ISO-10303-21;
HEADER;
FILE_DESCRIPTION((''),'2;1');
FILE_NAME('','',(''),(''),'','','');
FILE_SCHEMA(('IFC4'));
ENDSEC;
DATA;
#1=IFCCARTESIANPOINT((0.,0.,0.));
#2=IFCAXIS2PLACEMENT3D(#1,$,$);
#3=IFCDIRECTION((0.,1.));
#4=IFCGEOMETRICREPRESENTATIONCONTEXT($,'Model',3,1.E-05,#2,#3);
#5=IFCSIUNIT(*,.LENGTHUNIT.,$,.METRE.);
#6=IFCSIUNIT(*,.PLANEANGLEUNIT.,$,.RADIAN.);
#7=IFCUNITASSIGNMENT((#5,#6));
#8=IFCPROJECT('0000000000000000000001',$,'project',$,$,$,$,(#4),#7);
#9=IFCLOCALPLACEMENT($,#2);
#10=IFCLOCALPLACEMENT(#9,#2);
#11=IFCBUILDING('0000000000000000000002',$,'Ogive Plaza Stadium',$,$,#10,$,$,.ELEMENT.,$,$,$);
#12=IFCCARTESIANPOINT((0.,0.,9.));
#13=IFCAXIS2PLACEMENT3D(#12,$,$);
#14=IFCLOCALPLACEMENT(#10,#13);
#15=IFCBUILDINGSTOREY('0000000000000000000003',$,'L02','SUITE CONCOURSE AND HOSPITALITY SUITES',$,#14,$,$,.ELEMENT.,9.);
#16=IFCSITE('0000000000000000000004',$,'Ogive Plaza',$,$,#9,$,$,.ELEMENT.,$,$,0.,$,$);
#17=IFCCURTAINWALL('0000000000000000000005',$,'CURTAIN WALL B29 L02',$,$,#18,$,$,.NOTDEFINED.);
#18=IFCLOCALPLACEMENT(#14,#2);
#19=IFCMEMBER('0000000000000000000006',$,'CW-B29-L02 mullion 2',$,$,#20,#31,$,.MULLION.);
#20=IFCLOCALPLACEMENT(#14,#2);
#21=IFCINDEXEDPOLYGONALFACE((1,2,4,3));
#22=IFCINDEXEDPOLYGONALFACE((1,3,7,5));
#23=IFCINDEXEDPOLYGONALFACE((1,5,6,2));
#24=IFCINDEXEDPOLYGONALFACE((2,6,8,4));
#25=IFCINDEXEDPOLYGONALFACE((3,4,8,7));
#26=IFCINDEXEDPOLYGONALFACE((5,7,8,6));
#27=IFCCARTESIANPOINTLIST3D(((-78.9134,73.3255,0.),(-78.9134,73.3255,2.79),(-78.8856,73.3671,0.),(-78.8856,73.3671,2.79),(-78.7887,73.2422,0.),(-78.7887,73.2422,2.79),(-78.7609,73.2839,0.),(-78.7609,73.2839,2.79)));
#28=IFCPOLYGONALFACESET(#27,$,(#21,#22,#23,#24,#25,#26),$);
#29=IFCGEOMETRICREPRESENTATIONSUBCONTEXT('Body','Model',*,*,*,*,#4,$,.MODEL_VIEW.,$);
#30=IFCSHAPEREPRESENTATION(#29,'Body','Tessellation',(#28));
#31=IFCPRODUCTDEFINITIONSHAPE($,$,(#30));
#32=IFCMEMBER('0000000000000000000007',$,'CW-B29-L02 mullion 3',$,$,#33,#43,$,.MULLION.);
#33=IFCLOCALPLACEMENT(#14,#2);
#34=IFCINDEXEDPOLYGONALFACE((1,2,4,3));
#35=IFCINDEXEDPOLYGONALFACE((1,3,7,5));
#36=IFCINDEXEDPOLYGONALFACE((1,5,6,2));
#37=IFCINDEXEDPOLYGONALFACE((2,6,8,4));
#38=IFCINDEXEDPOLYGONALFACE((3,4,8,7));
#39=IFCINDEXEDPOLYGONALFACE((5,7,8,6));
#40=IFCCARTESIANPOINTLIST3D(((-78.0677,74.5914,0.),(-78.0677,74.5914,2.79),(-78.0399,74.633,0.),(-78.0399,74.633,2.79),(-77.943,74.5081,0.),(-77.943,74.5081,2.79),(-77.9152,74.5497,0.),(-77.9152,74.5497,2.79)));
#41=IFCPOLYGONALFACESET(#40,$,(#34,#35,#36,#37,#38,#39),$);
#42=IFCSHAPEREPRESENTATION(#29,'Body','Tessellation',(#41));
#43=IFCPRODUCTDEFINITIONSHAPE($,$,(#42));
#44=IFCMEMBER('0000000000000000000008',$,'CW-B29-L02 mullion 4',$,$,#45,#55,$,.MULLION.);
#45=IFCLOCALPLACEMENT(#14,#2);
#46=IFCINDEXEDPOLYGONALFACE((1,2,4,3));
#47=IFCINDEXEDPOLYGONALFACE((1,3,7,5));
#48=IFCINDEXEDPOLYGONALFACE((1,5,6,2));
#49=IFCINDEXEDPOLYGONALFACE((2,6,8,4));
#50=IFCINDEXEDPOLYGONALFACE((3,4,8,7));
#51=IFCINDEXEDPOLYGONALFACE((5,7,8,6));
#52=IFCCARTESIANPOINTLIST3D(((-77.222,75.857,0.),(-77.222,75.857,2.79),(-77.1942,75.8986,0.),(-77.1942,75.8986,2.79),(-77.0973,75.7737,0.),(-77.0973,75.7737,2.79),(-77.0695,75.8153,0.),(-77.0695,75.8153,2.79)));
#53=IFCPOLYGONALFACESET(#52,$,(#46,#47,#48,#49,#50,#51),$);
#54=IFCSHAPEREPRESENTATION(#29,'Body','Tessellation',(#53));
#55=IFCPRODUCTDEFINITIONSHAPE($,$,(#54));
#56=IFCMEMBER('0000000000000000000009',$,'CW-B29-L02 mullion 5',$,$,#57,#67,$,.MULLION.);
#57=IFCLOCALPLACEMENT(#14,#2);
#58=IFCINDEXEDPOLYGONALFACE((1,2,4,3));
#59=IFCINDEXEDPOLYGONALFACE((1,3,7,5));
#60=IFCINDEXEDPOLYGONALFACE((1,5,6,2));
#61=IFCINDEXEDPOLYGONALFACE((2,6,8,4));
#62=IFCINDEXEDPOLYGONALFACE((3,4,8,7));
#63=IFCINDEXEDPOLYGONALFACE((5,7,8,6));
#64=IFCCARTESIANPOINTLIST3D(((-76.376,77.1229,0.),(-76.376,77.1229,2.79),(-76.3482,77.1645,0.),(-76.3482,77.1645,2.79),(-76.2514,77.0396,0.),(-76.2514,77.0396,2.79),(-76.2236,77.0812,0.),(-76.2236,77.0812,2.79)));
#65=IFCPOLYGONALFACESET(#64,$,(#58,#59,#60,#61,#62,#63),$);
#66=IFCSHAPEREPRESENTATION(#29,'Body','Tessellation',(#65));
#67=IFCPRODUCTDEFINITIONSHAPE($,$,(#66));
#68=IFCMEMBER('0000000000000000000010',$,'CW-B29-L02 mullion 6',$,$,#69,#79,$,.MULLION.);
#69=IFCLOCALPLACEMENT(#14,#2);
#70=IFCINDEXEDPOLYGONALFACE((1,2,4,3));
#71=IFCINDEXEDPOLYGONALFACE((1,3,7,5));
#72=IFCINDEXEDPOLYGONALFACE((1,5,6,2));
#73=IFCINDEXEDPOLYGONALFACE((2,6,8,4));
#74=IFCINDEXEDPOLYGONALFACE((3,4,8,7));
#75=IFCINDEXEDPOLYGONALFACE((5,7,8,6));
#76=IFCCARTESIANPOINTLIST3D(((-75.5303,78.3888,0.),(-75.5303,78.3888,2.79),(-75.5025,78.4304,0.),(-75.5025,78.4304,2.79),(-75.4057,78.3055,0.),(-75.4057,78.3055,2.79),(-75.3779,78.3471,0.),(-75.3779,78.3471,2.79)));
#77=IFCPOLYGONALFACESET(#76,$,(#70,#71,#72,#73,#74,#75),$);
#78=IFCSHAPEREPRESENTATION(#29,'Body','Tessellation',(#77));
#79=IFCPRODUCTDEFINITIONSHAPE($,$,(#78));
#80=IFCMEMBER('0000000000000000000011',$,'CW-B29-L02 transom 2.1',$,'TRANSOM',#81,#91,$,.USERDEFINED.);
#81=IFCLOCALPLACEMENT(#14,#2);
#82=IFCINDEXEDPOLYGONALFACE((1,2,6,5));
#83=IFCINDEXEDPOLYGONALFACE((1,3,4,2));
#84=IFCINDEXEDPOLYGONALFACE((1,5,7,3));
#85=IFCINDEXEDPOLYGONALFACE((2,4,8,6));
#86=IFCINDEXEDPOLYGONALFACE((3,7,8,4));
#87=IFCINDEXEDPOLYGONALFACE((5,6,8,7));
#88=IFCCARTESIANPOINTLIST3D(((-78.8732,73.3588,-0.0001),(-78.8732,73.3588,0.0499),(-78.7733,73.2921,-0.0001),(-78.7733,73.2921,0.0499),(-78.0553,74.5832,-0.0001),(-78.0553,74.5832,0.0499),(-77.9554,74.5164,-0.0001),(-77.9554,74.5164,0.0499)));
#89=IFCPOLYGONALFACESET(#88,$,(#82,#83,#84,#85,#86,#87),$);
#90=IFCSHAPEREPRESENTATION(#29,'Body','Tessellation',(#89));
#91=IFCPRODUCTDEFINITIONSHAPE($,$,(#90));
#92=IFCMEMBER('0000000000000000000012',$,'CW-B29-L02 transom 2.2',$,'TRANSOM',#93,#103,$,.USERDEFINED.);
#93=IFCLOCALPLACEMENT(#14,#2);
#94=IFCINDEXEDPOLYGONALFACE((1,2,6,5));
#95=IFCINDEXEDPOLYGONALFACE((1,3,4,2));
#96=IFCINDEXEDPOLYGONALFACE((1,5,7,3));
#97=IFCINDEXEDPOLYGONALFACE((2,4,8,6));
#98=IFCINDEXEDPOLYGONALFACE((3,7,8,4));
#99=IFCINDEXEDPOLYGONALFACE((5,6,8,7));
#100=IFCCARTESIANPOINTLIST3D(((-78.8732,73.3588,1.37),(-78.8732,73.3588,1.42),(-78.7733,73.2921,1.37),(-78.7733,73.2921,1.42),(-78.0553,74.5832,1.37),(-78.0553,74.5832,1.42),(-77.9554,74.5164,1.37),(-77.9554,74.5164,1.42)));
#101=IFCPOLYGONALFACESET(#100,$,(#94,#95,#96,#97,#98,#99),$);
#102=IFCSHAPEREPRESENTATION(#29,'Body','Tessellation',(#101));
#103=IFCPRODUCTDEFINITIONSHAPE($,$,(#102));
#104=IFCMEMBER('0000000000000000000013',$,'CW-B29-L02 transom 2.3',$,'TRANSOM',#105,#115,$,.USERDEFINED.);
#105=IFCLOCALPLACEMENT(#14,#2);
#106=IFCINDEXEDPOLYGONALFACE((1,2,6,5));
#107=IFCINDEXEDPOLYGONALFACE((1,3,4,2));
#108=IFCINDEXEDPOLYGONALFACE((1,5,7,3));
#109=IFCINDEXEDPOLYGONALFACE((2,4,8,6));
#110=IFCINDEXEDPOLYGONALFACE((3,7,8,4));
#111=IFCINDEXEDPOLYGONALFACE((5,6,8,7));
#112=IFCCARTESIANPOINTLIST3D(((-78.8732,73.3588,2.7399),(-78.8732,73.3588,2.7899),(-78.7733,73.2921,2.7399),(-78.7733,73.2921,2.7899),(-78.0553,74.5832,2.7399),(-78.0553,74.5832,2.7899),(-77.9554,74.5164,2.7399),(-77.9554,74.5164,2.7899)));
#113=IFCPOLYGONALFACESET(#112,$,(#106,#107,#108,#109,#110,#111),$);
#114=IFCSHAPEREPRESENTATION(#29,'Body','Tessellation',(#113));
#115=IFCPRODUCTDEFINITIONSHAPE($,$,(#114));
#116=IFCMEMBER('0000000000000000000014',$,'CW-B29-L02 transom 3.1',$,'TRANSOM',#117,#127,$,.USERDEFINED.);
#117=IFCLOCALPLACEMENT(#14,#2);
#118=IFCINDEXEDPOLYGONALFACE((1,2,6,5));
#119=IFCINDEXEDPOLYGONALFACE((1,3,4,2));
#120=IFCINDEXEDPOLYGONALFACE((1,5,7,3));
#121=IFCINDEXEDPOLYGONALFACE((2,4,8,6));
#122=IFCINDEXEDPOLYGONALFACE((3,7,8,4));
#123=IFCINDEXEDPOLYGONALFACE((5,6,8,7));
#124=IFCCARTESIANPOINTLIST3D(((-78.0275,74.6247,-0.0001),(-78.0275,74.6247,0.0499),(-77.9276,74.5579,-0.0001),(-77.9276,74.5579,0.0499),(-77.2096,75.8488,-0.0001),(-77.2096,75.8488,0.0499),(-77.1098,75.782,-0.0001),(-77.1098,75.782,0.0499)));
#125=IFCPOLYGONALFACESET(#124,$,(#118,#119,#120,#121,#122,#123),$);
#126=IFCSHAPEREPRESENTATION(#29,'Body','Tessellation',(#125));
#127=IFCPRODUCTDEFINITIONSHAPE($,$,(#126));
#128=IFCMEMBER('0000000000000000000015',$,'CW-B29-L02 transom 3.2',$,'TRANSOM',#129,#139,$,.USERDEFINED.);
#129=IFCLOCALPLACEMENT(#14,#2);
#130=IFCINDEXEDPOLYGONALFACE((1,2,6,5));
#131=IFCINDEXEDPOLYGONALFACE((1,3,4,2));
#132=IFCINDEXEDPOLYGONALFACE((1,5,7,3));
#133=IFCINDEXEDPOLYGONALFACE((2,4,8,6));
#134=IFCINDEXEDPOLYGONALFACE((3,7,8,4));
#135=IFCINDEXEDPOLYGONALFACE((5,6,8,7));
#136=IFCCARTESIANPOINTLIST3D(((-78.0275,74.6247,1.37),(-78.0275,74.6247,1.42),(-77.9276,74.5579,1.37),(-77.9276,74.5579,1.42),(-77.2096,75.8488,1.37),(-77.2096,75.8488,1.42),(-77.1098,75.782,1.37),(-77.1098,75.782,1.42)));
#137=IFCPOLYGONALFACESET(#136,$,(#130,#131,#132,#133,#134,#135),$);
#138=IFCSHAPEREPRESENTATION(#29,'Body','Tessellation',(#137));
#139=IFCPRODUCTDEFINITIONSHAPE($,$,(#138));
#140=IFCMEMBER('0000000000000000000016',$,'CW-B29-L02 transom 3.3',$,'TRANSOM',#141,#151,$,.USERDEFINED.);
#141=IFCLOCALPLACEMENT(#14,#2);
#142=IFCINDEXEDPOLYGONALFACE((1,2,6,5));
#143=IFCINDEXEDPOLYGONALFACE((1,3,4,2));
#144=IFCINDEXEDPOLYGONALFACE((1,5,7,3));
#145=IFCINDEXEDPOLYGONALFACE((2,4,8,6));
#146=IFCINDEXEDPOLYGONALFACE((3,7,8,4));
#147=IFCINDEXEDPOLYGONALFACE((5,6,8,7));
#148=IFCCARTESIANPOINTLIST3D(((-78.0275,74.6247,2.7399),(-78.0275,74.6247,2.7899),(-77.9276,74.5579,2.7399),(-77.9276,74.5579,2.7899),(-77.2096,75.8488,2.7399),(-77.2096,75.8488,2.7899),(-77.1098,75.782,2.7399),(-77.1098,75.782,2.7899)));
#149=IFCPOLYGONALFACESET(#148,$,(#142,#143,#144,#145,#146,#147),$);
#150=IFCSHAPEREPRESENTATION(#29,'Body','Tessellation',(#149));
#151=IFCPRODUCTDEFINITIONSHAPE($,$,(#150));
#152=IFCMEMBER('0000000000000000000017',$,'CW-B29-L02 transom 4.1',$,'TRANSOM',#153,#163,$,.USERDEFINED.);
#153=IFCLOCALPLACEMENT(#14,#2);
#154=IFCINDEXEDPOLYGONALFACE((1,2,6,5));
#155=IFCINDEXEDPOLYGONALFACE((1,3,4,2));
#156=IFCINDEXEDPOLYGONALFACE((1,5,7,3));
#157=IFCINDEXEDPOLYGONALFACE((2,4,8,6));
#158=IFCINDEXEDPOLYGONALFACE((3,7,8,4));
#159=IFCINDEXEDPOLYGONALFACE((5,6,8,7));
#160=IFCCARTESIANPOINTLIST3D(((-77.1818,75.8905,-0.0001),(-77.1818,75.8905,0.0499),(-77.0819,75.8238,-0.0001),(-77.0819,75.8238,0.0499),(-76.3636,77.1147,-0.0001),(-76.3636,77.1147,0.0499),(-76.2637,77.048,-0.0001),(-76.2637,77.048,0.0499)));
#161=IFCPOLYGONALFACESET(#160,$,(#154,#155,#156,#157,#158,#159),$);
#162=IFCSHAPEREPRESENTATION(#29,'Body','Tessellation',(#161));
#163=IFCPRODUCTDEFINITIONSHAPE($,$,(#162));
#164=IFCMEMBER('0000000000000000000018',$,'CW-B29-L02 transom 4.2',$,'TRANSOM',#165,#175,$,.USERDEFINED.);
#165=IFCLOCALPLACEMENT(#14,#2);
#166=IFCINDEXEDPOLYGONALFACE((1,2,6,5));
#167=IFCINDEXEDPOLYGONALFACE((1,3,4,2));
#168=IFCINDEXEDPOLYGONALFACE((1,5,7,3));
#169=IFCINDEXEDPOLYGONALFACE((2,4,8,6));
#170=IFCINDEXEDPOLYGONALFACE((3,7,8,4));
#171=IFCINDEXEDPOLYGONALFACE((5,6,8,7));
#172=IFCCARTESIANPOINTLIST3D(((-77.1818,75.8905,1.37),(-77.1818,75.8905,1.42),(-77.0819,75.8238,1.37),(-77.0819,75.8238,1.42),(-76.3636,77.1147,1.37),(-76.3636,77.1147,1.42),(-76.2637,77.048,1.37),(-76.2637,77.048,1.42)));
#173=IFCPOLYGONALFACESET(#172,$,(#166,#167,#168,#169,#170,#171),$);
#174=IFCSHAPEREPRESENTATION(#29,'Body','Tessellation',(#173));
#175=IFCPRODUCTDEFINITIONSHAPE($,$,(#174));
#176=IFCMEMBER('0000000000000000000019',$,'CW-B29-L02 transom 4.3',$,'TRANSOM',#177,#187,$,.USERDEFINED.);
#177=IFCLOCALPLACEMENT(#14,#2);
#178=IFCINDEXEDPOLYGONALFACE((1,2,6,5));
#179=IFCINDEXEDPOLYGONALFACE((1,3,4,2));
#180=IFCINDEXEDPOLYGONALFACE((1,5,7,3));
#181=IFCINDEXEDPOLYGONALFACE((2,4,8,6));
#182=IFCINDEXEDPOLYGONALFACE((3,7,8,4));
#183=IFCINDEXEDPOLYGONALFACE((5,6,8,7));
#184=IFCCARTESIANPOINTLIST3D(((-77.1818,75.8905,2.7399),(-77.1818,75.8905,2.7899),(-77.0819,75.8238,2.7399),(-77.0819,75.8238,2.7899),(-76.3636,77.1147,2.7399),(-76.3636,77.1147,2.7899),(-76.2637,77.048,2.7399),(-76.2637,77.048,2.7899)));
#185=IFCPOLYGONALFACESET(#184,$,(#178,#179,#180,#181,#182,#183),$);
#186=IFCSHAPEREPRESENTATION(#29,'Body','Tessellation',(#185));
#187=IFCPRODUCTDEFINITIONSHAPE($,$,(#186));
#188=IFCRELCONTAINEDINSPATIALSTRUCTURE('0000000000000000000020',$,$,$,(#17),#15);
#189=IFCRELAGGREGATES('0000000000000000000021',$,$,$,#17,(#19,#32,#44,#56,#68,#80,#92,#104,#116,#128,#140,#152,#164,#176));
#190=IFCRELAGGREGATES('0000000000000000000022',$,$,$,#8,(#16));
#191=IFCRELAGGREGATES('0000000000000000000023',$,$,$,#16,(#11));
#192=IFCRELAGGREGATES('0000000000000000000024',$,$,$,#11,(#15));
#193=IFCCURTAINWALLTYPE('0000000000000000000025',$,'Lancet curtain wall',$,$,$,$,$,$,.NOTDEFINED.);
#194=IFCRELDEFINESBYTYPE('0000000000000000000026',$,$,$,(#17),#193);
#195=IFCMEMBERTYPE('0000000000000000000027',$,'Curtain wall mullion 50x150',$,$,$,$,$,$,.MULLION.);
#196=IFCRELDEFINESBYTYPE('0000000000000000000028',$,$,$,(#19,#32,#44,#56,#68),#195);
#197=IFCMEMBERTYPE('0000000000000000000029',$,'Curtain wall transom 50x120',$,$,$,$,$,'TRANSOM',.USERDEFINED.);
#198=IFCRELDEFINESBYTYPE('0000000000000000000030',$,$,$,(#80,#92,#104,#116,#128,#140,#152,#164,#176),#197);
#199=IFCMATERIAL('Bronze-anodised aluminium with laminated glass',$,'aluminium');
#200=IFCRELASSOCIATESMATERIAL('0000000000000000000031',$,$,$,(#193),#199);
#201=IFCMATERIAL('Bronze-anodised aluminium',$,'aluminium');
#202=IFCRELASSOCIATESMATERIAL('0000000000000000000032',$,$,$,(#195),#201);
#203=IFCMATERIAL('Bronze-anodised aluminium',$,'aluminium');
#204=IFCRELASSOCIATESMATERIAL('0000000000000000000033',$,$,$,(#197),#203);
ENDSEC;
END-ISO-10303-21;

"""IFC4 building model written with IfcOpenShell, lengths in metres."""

from ifc_helpers import new_model, si_unit, direction, frame, origin, origin_2d, place, context, subcontext, project, spatial, rectangle, extrude, material, material_profile, profile_set, type_object, element, aggregate, save


model = new_model("IFC4")

# Units and contexts
model_context = context("Model", 3, precision=1e-05, world=origin(), true_north=direction((0.0, 1.0)))
body_context = subcontext(model_context, "Body", "Model", "MODEL_VIEW")
ifc_project = project(units=[si_unit("LENGTHUNIT", "METRE"), si_unit("PLANEANGLEUNIT", "RADIAN")], contexts=[model_context])

# Site, building, storey
site_placement = place(None, origin())
site = spatial("IfcSite", under=ifc_project, at=site_placement, Name="Ogive Plaza", CompositionType="ELEMENT", RefElevation=0.0)
building_placement = place(site_placement, origin())
building = spatial("IfcBuilding", under=site, at=building_placement, Name="Ogive Plaza Stadium", CompositionType="ELEMENT")
storey_placement = place(building_placement, frame((0.0, 0.0, 9.0)))
storey = spatial("IfcBuildingStorey", under=building, at=storey_placement, Name="L02", Description="SUITE CONCOURSE AND HOSPITALITY SUITES", CompositionType="ELEMENT", Elevation=9.0)

# Curtain wall, members
ifc_material_1 = material(Name="Bronze-anodised aluminium with laminated glass", Category="aluminium")
curtain_wall_type = type_object("IfcCurtainWallType", Name="Lancet curtain wall", PredefinedType="NOTDEFINED", material=ifc_material_1)
curtain_wall_placement = place(storey_placement, origin())
curtain_wall = element("IfcCurtainWall", 1, at=curtain_wall_placement, inside=storey, type_object=curtain_wall_type, Name="CURTAIN WALL B29 L02", PredefinedType="NOTDEFINED")
ifc_material_2 = material(Name="Bronze-anodised aluminium", Category="aluminium")
ifc_material_profile_1 = material_profile(ifc_material_2, rectangle(XDim=0.1499, YDim=0.05, at=origin_2d()), Name="AL 150x50")
ifc_profile_set_1 = profile_set([ifc_material_profile_1], Name="Bronze-anodised aluminium")
member_type_1 = type_object("IfcMemberType", Name="Curtain wall mullion 50x150", PredefinedType="MULLION", material=ifc_profile_set_1)
member_1_placement = place(storey_placement, frame((-78.8372, 73.3047, 0.0), z_axis=(0.0, 0.0, 1.0), x_axis=(-0.83147, 0.55557, 0.0)))
member_1 = element("IfcMember", 2, at=member_1_placement, type_object=member_type_1, Name="CW-B29-L02 mullion 2", PredefinedType="MULLION", context=body_context, shape_type="SweptSolid", body=[
    extrude(rectangle(XDim=0.1499, YDim=0.05, at=origin_2d()), origin(), (0.0, 0.0, 1.0), 2.79),
])
member_2_placement = place(storey_placement, frame((-77.9915, 74.5706, 0.0), z_axis=(0.0, 0.0, 1.0), x_axis=(-0.83147, 0.55557, 0.0)))
member_2 = element("IfcMember", 3, at=member_2_placement, type_object=member_type_1, Name="CW-B29-L02 mullion 3", PredefinedType="MULLION", context=body_context, shape_type="SweptSolid", body=[
    extrude(rectangle(XDim=0.1499, YDim=0.05, at=origin_2d()), origin(), (0.0, 0.0, 1.0), 2.79),
])
member_3_placement = place(storey_placement, frame((-77.1458, 75.8362, 0.0), z_axis=(0.0, 0.0, 1.0), x_axis=(-0.83147, 0.55557, 0.0)))
member_3 = element("IfcMember", 4, at=member_3_placement, type_object=member_type_1, Name="CW-B29-L02 mullion 4", PredefinedType="MULLION", context=body_context, shape_type="SweptSolid", body=[
    extrude(rectangle(XDim=0.1499, YDim=0.05, at=origin_2d()), origin(), (0.0, 0.0, 1.0), 2.79),
])
member_4_placement = place(storey_placement, frame((-76.2998, 77.1021, 0.0), z_axis=(0.0, 0.0, 1.0), x_axis=(-0.83147, 0.55557, 0.0)))
member_4 = element("IfcMember", 5, at=member_4_placement, type_object=member_type_1, Name="CW-B29-L02 mullion 5", PredefinedType="MULLION", context=body_context, shape_type="SweptSolid", body=[
    extrude(rectangle(XDim=0.1499, YDim=0.05, at=origin_2d()), origin(), (0.0, 0.0, 1.0), 2.79),
])
member_5_placement = place(storey_placement, frame((-75.4541, 78.3679, 0.0), z_axis=(0.0, 0.0, 1.0), x_axis=(-0.83147, 0.55557, 0.0)))
member_5 = element("IfcMember", 6, at=member_5_placement, type_object=member_type_1, Name="CW-B29-L02 mullion 6", PredefinedType="MULLION", context=body_context, shape_type="SweptSolid", body=[
    extrude(rectangle(XDim=0.1499, YDim=0.05, at=origin_2d()), origin(), (0.0, 0.0, 1.0), 2.79),
])
ifc_material_3 = material(Name="Bronze-anodised aluminium", Category="aluminium")
ifc_material_profile_2 = material_profile(ifc_material_3, rectangle(XDim=0.1201, YDim=0.05, at=origin_2d()), Name="AL 120x50")
ifc_profile_set_2 = profile_set([ifc_material_profile_2], Name="Bronze-anodised aluminium")
member_type_2 = type_object("IfcMemberType", Name="Curtain wall transom 50x120", ElementType="TRANSOM", PredefinedType="USERDEFINED", material=ifc_profile_set_2)
member_6_placement = place(storey_placement, frame((-78.8232, 73.3254, 0.0249), z_axis=(0.555465, 0.83154, 0.0), x_axis=(-0.83154, 0.555465, 0.0)))
member_6 = element("IfcMember", 7, at=member_6_placement, type_object=member_type_2, Name="CW-B29-L02 transom 2.1", ObjectType="TRANSOM", PredefinedType="USERDEFINED", context=body_context, shape_type="SweptSolid", body=[
    extrude(rectangle(XDim=0.1201, YDim=0.05, at=origin_2d()), origin(), (0.0, 0.0, 1.0), 1.4724),
])
member_7_placement = place(storey_placement, frame((-78.8232, 73.3254, 1.395), z_axis=(0.555465, 0.83154, 0.0), x_axis=(-0.83154, 0.555465, 0.0)))
member_7 = element("IfcMember", 8, at=member_7_placement, type_object=member_type_2, Name="CW-B29-L02 transom 2.2", ObjectType="TRANSOM", PredefinedType="USERDEFINED", context=body_context, shape_type="SweptSolid", body=[
    extrude(rectangle(XDim=0.1201, YDim=0.05, at=origin_2d()), origin(), (0.0, 0.0, 1.0), 1.4724),
])
member_8_placement = place(storey_placement, frame((-78.8232, 73.3254, 2.7649), z_axis=(0.555465, 0.83154, 0.0), x_axis=(-0.83154, 0.555465, 0.0)))
member_8 = element("IfcMember", 9, at=member_8_placement, type_object=member_type_2, Name="CW-B29-L02 transom 2.3", ObjectType="TRANSOM", PredefinedType="USERDEFINED", context=body_context, shape_type="SweptSolid", body=[
    extrude(rectangle(XDim=0.1201, YDim=0.05, at=origin_2d()), origin(), (0.0, 0.0, 1.0), 1.4724),
])
member_9_placement = place(storey_placement, frame((-77.9775, 74.5913, 0.0249), z_axis=(0.555542, 0.831489, 0.0), x_axis=(-0.831489, 0.555542, 0.0)))
member_9 = element("IfcMember", 10, at=member_9_placement, type_object=member_type_2, Name="CW-B29-L02 transom 3.1", ObjectType="TRANSOM", PredefinedType="USERDEFINED", context=body_context, shape_type="SweptSolid", body=[
    extrude(rectangle(XDim=0.1201, YDim=0.05, at=origin_2d()), origin(), (0.0, 0.0, 1.0), 1.4722),
])
member_10_placement = place(storey_placement, frame((-77.9775, 74.5913, 1.395), z_axis=(0.555542, 0.831489, 0.0), x_axis=(-0.831489, 0.555542, 0.0)))
member_10 = element("IfcMember", 11, at=member_10_placement, type_object=member_type_2, Name="CW-B29-L02 transom 3.2", ObjectType="TRANSOM", PredefinedType="USERDEFINED", context=body_context, shape_type="SweptSolid", body=[
    extrude(rectangle(XDim=0.1201, YDim=0.05, at=origin_2d()), origin(), (0.0, 0.0, 1.0), 1.4722),
])
member_11_placement = place(storey_placement, frame((-77.9775, 74.5913, 2.7649), z_axis=(0.555542, 0.831489, 0.0), x_axis=(-0.831489, 0.555542, 0.0)))
member_11 = element("IfcMember", 12, at=member_11_placement, type_object=member_type_2, Name="CW-B29-L02 transom 3.3", ObjectType="TRANSOM", PredefinedType="USERDEFINED", context=body_context, shape_type="SweptSolid", body=[
    extrude(rectangle(XDim=0.1201, YDim=0.05, at=origin_2d()), origin(), (0.0, 0.0, 1.0), 1.4722),
])
member_12_placement = place(storey_placement, frame((-77.1318, 75.8572, 0.0249), z_axis=(0.555656, 0.831412, 0.0), x_axis=(-0.831412, 0.555656, 0.0)))
member_12 = element("IfcMember", 13, at=member_12_placement, type_object=member_type_2, Name="CW-B29-L02 transom 4.1", ObjectType="TRANSOM", PredefinedType="USERDEFINED", context=body_context, shape_type="SweptSolid", body=[
    extrude(rectangle(XDim=0.1201, YDim=0.05, at=origin_2d()), origin(), (0.0, 0.0, 1.0), 1.4724),
])
member_13_placement = place(storey_placement, frame((-77.1318, 75.8572, 1.395), z_axis=(0.555656, 0.831412, 0.0), x_axis=(-0.831412, 0.555656, 0.0)))
member_13 = element("IfcMember", 14, at=member_13_placement, type_object=member_type_2, Name="CW-B29-L02 transom 4.2", ObjectType="TRANSOM", PredefinedType="USERDEFINED", context=body_context, shape_type="SweptSolid", body=[
    extrude(rectangle(XDim=0.1201, YDim=0.05, at=origin_2d()), origin(), (0.0, 0.0, 1.0), 1.4724),
])
member_14_placement = place(storey_placement, frame((-77.1318, 75.8572, 2.7649), z_axis=(0.555656, 0.831412, 0.0), x_axis=(-0.831412, 0.555656, 0.0)))
member_14 = element("IfcMember", 15, at=member_14_placement, type_object=member_type_2, Name="CW-B29-L02 transom 4.3", ObjectType="TRANSOM", PredefinedType="USERDEFINED", context=body_context, shape_type="SweptSolid", body=[
    extrude(rectangle(XDim=0.1201, YDim=0.05, at=origin_2d()), origin(), (0.0, 0.0, 1.0), 1.4724),
])
aggregate(curtain_wall, [member_1, member_2, member_3, member_4, member_5, member_6, member_7, member_8, member_9, member_10, member_11, member_12, member_13, member_14])

save(model, "model.ifc")
